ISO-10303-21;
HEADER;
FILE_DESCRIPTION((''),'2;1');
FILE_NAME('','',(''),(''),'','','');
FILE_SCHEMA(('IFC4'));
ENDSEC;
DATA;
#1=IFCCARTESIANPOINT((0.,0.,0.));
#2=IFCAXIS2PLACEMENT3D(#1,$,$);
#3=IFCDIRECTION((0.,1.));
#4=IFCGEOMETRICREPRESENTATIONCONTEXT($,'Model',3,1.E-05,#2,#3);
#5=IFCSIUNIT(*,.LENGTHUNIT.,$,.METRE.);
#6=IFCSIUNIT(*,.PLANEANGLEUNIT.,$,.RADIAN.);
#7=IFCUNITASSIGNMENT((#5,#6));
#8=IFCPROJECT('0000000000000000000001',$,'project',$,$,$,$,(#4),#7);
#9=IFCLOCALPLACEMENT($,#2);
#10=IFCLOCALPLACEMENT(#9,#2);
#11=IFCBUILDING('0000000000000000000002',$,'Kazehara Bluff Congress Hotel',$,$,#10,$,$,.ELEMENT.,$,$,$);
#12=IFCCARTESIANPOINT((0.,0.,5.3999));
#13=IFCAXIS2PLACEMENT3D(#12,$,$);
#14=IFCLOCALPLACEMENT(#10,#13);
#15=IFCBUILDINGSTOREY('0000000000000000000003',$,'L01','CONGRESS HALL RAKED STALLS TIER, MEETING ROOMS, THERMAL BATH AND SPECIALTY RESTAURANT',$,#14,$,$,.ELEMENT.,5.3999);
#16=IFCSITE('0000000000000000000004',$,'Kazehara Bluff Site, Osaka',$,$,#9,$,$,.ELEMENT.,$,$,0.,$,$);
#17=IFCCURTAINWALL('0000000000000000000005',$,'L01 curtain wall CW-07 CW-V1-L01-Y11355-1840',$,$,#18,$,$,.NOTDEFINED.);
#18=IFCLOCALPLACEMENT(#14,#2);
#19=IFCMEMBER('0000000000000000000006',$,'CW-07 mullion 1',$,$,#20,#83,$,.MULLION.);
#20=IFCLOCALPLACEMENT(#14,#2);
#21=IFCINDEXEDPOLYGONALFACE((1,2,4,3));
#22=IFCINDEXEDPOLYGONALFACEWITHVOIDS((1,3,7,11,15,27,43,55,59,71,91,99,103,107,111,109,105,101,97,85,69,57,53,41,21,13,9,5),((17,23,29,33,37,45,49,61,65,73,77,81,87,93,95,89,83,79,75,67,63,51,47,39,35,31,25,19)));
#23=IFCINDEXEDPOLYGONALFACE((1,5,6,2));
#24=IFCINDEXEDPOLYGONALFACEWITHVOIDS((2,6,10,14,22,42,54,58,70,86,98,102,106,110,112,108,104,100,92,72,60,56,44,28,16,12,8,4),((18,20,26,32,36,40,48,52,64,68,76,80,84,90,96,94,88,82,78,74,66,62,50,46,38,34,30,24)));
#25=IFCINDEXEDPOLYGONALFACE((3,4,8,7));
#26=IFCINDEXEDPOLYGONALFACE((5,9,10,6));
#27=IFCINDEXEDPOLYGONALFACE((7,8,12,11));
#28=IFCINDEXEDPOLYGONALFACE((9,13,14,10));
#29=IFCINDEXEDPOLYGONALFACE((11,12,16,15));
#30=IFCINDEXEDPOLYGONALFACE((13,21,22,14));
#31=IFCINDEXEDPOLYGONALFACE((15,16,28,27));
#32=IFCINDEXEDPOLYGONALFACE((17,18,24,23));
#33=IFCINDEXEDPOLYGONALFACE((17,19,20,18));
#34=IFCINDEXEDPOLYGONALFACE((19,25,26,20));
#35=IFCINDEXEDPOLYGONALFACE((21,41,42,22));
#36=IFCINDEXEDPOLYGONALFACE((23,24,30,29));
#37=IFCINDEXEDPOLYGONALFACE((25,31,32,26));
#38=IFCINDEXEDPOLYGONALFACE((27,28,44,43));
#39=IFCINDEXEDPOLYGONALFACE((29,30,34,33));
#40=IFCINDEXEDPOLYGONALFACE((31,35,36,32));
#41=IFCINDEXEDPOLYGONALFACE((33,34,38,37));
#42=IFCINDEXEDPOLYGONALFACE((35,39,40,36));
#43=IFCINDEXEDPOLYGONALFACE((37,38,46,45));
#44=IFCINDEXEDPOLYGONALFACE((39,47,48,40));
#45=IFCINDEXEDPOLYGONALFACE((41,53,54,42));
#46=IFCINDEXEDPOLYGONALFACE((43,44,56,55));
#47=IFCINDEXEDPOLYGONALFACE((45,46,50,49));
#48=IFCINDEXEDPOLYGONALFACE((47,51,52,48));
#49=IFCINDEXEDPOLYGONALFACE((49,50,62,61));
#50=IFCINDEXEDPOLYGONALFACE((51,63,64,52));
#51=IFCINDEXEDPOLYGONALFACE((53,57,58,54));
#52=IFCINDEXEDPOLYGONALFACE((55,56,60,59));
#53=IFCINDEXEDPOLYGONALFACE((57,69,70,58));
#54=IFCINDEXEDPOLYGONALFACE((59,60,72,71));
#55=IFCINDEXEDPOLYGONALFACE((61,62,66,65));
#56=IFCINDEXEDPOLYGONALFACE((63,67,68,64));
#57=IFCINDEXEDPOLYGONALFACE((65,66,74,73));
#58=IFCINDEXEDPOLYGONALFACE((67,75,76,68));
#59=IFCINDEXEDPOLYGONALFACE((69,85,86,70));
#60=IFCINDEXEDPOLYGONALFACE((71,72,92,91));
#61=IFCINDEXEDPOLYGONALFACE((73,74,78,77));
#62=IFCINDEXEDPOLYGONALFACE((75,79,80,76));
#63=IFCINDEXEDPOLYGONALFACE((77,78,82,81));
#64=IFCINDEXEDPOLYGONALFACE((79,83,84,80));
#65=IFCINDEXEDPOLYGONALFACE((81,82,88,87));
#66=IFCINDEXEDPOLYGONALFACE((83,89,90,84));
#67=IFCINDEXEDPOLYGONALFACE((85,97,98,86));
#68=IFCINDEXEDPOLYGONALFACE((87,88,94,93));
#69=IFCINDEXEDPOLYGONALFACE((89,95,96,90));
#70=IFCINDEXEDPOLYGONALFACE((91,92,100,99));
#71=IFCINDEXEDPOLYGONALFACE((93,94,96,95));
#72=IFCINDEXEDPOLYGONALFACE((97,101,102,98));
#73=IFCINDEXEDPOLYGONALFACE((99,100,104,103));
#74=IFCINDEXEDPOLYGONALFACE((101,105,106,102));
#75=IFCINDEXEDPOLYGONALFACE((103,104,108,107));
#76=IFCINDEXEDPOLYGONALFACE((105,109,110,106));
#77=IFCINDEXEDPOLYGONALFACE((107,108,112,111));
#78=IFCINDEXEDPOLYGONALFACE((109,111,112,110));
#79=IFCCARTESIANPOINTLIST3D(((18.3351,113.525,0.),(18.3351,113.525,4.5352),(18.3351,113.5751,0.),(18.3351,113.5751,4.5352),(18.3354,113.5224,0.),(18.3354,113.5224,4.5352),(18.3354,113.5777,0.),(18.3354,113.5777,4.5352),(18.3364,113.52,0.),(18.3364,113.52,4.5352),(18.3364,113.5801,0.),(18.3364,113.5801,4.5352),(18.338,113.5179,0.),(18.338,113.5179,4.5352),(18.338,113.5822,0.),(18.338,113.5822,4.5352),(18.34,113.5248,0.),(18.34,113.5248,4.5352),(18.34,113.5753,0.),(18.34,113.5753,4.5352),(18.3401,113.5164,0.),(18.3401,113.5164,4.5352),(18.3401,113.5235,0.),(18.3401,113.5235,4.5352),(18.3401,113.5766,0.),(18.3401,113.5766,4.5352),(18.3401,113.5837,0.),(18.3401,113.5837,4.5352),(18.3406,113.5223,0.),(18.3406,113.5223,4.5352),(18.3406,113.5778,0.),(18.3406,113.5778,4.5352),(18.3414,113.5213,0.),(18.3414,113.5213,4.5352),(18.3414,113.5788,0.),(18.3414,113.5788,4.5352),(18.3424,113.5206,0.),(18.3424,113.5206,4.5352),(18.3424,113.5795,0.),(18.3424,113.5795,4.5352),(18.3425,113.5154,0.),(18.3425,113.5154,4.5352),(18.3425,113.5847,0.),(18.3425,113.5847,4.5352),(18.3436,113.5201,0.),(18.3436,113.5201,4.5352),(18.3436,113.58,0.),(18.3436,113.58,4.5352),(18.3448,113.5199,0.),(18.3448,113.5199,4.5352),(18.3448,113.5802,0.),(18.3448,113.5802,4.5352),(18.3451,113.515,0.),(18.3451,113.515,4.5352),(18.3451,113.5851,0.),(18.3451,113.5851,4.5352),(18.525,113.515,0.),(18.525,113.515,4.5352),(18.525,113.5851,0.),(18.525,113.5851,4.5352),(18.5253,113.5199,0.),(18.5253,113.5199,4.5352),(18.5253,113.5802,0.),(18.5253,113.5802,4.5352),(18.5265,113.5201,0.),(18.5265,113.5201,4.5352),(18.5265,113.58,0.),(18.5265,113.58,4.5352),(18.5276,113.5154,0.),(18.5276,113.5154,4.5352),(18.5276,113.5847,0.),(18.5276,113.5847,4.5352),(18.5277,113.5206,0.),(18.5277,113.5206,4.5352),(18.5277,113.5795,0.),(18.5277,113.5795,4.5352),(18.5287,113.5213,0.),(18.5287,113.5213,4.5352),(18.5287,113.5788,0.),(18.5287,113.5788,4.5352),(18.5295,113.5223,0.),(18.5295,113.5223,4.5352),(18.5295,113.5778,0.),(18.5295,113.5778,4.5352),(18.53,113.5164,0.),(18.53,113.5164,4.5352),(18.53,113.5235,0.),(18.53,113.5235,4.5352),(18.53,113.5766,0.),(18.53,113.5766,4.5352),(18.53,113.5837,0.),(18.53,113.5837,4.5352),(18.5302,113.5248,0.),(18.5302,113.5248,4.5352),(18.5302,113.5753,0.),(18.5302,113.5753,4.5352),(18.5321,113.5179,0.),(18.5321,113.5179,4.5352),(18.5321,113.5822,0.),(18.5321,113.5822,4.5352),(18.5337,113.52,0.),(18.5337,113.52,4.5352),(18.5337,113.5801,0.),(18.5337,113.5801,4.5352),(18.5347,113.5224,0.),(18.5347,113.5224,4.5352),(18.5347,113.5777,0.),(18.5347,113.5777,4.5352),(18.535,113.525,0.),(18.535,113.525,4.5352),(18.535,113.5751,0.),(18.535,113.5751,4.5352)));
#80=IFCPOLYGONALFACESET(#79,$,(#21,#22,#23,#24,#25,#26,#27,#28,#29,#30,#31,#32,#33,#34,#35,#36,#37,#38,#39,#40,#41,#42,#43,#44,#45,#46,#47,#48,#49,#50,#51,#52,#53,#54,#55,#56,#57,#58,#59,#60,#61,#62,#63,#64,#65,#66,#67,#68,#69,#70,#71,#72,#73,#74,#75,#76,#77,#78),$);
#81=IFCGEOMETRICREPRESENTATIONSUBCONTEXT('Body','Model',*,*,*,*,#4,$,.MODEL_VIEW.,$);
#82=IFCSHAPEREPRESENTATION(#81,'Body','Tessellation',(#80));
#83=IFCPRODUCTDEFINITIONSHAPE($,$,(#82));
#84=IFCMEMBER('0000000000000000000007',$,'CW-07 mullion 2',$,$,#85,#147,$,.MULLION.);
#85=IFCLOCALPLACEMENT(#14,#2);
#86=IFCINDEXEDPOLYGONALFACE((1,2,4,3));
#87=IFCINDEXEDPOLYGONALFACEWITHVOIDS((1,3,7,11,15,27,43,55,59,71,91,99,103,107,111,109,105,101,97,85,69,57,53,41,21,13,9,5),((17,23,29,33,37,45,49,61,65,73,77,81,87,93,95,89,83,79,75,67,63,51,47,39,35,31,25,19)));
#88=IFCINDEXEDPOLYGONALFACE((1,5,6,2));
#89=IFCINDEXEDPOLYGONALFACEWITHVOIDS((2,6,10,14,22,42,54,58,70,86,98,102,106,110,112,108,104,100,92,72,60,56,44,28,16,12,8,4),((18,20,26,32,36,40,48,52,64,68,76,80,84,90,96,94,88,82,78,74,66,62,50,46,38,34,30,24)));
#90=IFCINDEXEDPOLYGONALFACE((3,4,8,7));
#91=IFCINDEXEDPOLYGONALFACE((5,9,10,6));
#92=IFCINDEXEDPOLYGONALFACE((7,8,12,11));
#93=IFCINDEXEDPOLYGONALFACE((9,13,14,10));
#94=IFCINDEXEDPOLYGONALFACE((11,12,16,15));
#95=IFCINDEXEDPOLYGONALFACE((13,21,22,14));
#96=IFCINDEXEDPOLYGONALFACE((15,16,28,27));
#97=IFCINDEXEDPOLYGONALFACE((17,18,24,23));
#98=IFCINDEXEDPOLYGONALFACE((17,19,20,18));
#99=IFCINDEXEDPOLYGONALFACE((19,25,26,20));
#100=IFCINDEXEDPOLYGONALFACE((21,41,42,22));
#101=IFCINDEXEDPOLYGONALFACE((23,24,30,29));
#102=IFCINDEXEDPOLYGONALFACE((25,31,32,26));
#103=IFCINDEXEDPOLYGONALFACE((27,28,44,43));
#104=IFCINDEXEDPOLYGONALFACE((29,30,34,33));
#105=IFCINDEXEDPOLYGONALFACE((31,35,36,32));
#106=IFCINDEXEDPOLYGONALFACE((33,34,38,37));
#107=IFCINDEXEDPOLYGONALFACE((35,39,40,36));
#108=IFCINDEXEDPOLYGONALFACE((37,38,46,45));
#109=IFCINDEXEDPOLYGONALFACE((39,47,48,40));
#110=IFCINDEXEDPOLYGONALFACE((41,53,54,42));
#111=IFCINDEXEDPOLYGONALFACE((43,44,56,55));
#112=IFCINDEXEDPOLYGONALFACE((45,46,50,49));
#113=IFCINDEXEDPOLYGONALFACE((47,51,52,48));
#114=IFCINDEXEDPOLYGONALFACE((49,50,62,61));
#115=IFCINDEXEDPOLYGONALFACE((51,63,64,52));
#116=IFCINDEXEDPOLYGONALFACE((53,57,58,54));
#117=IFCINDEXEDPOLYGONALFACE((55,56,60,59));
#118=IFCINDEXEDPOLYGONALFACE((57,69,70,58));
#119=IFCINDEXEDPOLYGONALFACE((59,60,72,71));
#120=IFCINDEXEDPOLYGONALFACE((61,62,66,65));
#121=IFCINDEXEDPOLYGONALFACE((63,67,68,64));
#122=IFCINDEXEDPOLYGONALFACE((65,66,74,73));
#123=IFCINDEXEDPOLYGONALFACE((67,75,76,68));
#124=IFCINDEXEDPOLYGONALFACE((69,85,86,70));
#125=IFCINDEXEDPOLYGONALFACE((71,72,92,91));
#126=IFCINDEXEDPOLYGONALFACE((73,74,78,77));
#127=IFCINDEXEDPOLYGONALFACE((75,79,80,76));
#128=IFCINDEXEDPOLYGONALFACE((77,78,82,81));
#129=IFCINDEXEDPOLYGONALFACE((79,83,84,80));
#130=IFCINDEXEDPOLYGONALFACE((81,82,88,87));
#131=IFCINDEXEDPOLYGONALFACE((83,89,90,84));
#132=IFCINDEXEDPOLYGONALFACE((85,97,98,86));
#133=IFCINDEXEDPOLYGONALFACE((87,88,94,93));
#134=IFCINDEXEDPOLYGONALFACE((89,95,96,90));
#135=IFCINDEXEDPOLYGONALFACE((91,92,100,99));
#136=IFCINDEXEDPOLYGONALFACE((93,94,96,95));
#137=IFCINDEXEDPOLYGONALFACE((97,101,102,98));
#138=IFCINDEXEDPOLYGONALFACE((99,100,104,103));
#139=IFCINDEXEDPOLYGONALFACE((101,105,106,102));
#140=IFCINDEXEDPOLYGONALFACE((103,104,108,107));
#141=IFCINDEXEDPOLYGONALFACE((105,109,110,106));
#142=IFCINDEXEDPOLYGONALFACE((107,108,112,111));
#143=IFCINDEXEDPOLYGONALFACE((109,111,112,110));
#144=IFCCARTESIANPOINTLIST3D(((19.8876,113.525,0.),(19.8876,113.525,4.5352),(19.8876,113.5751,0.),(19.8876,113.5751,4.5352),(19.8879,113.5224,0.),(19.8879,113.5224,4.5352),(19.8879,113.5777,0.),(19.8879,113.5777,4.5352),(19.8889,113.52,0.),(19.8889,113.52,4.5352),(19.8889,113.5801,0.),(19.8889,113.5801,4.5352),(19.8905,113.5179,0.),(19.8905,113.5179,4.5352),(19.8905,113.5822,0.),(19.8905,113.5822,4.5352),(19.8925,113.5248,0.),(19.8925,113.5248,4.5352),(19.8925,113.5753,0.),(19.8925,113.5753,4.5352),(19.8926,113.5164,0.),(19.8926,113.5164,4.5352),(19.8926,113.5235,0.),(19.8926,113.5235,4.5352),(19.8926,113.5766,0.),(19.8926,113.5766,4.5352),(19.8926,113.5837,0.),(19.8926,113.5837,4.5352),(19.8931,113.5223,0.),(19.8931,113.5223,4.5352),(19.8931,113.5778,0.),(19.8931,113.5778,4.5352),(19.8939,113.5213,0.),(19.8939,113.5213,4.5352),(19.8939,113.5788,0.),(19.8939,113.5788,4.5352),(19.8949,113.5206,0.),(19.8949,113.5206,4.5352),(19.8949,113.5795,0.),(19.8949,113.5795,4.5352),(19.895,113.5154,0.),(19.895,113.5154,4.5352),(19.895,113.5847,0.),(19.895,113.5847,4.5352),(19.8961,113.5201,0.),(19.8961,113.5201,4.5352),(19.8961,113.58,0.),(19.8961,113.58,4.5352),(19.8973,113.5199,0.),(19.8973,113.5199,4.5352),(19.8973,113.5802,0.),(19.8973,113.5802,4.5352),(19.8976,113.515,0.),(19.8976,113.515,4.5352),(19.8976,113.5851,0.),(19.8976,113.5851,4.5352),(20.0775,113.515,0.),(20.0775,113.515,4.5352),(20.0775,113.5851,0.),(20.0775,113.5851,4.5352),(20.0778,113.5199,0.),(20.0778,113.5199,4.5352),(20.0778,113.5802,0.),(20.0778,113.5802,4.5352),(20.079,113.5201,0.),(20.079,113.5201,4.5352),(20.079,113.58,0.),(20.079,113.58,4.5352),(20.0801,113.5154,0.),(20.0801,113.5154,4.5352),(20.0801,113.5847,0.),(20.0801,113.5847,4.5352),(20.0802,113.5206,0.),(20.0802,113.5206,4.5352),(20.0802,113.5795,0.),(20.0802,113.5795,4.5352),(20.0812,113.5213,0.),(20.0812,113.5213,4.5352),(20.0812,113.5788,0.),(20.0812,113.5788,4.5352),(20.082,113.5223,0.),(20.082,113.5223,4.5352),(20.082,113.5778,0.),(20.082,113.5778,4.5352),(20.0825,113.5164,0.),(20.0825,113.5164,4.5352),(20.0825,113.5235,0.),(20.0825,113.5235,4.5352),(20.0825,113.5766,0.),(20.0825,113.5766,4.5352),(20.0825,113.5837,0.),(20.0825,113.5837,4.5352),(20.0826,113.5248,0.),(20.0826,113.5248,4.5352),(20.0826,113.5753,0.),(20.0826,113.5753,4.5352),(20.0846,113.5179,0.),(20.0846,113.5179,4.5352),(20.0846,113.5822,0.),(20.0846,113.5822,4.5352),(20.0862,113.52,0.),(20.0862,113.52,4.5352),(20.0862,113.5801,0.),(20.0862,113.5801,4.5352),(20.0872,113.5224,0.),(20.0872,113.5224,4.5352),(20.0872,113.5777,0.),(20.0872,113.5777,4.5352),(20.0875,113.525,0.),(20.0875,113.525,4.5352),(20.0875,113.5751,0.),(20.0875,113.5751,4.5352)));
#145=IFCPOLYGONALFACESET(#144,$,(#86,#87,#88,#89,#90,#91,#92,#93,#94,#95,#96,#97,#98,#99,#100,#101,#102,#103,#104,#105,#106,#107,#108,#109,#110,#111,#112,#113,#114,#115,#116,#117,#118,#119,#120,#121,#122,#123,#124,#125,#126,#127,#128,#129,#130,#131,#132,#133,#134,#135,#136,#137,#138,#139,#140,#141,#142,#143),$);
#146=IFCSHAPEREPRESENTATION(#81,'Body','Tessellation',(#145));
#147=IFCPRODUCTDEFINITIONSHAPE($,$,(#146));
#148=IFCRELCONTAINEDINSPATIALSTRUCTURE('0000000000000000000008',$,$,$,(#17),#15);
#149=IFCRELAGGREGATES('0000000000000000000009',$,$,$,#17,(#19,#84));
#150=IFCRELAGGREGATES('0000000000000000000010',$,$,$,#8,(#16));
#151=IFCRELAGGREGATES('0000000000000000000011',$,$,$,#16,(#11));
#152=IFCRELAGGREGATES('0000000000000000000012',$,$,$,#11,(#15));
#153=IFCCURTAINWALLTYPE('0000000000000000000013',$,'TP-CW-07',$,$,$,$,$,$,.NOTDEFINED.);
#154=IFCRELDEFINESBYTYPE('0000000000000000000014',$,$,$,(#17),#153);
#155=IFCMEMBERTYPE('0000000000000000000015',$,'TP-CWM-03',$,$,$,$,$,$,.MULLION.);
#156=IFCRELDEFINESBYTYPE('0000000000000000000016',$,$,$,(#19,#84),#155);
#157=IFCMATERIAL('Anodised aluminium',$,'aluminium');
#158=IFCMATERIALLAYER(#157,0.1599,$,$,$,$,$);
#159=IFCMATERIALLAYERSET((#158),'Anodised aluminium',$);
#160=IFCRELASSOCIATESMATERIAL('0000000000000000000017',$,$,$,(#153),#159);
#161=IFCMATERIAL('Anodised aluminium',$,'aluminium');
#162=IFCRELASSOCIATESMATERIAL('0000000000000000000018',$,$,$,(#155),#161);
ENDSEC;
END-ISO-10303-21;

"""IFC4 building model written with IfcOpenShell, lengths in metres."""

from ifc_helpers import new_model, si_unit, direction, frame, origin, origin_2d, place, context, subcontext, project, spatial, hollow_rectangle, extrude, material, layer, layer_set, material_profile, profile_set, type_object, element, aggregate, save


model = new_model("IFC4")

# Units and contexts
model_context = context("Model", 3, precision=1e-05, world=origin(), true_north=direction((0.0, 1.0)))
body_context = subcontext(model_context, "Body", "Model", "MODEL_VIEW")
ifc_project = project(units=[si_unit("LENGTHUNIT", "METRE"), si_unit("PLANEANGLEUNIT", "RADIAN")], contexts=[model_context])

# Site, building, storey
site_placement = place(None, origin())
site = spatial("IfcSite", under=ifc_project, at=site_placement, Name="Kazehara Bluff Site, Osaka", CompositionType="ELEMENT", RefElevation=0.0)
building_placement = place(site_placement, origin())
building = spatial("IfcBuilding", under=site, at=building_placement, Name="Kazehara Bluff Congress Hotel", CompositionType="ELEMENT")
storey_placement = place(building_placement, frame((0.0, 0.0, 5.3999)))
storey = spatial("IfcBuildingStorey", under=building, at=storey_placement, Name="L01", Description="CONGRESS HALL RAKED STALLS TIER, MEETING ROOMS, THERMAL BATH AND SPECIALTY RESTAURANT", CompositionType="ELEMENT", Elevation=5.3999)

# Curtain wall, members
ifc_material_1 = material(Name="Anodised aluminium", Category="aluminium")
ifc_layer_1 = layer(ifc_material_1, 0.1599)
ifc_layer_set_1 = layer_set([ifc_layer_1], Name="Anodised aluminium")
curtain_wall_type = type_object("IfcCurtainWallType", Name="TP-CW-07", PredefinedType="NOTDEFINED", material=ifc_layer_set_1)
curtain_wall_placement = place(storey_placement, origin())
curtain_wall = element("IfcCurtainWall", 1, at=curtain_wall_placement, inside=storey, type_object=curtain_wall_type, Name="L01 curtain wall CW-07 CW-V1-L01-Y11355-1840", PredefinedType="NOTDEFINED")
ifc_material_2 = material(Name="Anodised aluminium", Category="aluminium")
ifc_material_profile_1 = material_profile(ifc_material_2, hollow_rectangle(XDim=0.0701, YDim=0.2, WallThickness=0.0049, InnerFilletRadius=0.0049, OuterFilletRadius=0.01, at=origin_2d()))
ifc_profile_set_1 = profile_set([ifc_material_profile_1], Name="Anodised aluminium")
member_type_1 = type_object("IfcMemberType", Name="TP-CWM-03", PredefinedType="MULLION", material=ifc_profile_set_1)
member_1_placement = place(storey_placement, frame((18.4351, 113.55, 0.0), z_axis=(0.0, 0.0, 1.0), x_axis=(0.0, 1.0, 0.0)))
member_1 = element("IfcMember", 2, at=member_1_placement, type_object=member_type_1, Name="CW-07 mullion 1", PredefinedType="MULLION", context=body_context, shape_type="SweptSolid", body=[
    extrude(hollow_rectangle(XDim=0.0701, YDim=0.2, WallThickness=0.0049, InnerFilletRadius=0.0049, OuterFilletRadius=0.01, at=origin_2d()), origin(), (0.0, 0.0, 1.0), 4.5352),
])
member_2_placement = place(storey_placement, frame((19.9875, 113.55, 0.0), z_axis=(0.0, 0.0, 1.0), x_axis=(0.0, 1.0, 0.0)))
member_2 = element("IfcMember", 3, at=member_2_placement, type_object=member_type_1, Name="CW-07 mullion 2", PredefinedType="MULLION", context=body_context, shape_type="SweptSolid", body=[
    extrude(hollow_rectangle(XDim=0.0701, YDim=0.2, WallThickness=0.0049, InnerFilletRadius=0.0049, OuterFilletRadius=0.01, at=origin_2d()), origin(), (0.0, 0.0, 1.0), 4.5352),
])

aggregate(curtain_wall, [member_1, member_2])

save(model, "model.ifc")
